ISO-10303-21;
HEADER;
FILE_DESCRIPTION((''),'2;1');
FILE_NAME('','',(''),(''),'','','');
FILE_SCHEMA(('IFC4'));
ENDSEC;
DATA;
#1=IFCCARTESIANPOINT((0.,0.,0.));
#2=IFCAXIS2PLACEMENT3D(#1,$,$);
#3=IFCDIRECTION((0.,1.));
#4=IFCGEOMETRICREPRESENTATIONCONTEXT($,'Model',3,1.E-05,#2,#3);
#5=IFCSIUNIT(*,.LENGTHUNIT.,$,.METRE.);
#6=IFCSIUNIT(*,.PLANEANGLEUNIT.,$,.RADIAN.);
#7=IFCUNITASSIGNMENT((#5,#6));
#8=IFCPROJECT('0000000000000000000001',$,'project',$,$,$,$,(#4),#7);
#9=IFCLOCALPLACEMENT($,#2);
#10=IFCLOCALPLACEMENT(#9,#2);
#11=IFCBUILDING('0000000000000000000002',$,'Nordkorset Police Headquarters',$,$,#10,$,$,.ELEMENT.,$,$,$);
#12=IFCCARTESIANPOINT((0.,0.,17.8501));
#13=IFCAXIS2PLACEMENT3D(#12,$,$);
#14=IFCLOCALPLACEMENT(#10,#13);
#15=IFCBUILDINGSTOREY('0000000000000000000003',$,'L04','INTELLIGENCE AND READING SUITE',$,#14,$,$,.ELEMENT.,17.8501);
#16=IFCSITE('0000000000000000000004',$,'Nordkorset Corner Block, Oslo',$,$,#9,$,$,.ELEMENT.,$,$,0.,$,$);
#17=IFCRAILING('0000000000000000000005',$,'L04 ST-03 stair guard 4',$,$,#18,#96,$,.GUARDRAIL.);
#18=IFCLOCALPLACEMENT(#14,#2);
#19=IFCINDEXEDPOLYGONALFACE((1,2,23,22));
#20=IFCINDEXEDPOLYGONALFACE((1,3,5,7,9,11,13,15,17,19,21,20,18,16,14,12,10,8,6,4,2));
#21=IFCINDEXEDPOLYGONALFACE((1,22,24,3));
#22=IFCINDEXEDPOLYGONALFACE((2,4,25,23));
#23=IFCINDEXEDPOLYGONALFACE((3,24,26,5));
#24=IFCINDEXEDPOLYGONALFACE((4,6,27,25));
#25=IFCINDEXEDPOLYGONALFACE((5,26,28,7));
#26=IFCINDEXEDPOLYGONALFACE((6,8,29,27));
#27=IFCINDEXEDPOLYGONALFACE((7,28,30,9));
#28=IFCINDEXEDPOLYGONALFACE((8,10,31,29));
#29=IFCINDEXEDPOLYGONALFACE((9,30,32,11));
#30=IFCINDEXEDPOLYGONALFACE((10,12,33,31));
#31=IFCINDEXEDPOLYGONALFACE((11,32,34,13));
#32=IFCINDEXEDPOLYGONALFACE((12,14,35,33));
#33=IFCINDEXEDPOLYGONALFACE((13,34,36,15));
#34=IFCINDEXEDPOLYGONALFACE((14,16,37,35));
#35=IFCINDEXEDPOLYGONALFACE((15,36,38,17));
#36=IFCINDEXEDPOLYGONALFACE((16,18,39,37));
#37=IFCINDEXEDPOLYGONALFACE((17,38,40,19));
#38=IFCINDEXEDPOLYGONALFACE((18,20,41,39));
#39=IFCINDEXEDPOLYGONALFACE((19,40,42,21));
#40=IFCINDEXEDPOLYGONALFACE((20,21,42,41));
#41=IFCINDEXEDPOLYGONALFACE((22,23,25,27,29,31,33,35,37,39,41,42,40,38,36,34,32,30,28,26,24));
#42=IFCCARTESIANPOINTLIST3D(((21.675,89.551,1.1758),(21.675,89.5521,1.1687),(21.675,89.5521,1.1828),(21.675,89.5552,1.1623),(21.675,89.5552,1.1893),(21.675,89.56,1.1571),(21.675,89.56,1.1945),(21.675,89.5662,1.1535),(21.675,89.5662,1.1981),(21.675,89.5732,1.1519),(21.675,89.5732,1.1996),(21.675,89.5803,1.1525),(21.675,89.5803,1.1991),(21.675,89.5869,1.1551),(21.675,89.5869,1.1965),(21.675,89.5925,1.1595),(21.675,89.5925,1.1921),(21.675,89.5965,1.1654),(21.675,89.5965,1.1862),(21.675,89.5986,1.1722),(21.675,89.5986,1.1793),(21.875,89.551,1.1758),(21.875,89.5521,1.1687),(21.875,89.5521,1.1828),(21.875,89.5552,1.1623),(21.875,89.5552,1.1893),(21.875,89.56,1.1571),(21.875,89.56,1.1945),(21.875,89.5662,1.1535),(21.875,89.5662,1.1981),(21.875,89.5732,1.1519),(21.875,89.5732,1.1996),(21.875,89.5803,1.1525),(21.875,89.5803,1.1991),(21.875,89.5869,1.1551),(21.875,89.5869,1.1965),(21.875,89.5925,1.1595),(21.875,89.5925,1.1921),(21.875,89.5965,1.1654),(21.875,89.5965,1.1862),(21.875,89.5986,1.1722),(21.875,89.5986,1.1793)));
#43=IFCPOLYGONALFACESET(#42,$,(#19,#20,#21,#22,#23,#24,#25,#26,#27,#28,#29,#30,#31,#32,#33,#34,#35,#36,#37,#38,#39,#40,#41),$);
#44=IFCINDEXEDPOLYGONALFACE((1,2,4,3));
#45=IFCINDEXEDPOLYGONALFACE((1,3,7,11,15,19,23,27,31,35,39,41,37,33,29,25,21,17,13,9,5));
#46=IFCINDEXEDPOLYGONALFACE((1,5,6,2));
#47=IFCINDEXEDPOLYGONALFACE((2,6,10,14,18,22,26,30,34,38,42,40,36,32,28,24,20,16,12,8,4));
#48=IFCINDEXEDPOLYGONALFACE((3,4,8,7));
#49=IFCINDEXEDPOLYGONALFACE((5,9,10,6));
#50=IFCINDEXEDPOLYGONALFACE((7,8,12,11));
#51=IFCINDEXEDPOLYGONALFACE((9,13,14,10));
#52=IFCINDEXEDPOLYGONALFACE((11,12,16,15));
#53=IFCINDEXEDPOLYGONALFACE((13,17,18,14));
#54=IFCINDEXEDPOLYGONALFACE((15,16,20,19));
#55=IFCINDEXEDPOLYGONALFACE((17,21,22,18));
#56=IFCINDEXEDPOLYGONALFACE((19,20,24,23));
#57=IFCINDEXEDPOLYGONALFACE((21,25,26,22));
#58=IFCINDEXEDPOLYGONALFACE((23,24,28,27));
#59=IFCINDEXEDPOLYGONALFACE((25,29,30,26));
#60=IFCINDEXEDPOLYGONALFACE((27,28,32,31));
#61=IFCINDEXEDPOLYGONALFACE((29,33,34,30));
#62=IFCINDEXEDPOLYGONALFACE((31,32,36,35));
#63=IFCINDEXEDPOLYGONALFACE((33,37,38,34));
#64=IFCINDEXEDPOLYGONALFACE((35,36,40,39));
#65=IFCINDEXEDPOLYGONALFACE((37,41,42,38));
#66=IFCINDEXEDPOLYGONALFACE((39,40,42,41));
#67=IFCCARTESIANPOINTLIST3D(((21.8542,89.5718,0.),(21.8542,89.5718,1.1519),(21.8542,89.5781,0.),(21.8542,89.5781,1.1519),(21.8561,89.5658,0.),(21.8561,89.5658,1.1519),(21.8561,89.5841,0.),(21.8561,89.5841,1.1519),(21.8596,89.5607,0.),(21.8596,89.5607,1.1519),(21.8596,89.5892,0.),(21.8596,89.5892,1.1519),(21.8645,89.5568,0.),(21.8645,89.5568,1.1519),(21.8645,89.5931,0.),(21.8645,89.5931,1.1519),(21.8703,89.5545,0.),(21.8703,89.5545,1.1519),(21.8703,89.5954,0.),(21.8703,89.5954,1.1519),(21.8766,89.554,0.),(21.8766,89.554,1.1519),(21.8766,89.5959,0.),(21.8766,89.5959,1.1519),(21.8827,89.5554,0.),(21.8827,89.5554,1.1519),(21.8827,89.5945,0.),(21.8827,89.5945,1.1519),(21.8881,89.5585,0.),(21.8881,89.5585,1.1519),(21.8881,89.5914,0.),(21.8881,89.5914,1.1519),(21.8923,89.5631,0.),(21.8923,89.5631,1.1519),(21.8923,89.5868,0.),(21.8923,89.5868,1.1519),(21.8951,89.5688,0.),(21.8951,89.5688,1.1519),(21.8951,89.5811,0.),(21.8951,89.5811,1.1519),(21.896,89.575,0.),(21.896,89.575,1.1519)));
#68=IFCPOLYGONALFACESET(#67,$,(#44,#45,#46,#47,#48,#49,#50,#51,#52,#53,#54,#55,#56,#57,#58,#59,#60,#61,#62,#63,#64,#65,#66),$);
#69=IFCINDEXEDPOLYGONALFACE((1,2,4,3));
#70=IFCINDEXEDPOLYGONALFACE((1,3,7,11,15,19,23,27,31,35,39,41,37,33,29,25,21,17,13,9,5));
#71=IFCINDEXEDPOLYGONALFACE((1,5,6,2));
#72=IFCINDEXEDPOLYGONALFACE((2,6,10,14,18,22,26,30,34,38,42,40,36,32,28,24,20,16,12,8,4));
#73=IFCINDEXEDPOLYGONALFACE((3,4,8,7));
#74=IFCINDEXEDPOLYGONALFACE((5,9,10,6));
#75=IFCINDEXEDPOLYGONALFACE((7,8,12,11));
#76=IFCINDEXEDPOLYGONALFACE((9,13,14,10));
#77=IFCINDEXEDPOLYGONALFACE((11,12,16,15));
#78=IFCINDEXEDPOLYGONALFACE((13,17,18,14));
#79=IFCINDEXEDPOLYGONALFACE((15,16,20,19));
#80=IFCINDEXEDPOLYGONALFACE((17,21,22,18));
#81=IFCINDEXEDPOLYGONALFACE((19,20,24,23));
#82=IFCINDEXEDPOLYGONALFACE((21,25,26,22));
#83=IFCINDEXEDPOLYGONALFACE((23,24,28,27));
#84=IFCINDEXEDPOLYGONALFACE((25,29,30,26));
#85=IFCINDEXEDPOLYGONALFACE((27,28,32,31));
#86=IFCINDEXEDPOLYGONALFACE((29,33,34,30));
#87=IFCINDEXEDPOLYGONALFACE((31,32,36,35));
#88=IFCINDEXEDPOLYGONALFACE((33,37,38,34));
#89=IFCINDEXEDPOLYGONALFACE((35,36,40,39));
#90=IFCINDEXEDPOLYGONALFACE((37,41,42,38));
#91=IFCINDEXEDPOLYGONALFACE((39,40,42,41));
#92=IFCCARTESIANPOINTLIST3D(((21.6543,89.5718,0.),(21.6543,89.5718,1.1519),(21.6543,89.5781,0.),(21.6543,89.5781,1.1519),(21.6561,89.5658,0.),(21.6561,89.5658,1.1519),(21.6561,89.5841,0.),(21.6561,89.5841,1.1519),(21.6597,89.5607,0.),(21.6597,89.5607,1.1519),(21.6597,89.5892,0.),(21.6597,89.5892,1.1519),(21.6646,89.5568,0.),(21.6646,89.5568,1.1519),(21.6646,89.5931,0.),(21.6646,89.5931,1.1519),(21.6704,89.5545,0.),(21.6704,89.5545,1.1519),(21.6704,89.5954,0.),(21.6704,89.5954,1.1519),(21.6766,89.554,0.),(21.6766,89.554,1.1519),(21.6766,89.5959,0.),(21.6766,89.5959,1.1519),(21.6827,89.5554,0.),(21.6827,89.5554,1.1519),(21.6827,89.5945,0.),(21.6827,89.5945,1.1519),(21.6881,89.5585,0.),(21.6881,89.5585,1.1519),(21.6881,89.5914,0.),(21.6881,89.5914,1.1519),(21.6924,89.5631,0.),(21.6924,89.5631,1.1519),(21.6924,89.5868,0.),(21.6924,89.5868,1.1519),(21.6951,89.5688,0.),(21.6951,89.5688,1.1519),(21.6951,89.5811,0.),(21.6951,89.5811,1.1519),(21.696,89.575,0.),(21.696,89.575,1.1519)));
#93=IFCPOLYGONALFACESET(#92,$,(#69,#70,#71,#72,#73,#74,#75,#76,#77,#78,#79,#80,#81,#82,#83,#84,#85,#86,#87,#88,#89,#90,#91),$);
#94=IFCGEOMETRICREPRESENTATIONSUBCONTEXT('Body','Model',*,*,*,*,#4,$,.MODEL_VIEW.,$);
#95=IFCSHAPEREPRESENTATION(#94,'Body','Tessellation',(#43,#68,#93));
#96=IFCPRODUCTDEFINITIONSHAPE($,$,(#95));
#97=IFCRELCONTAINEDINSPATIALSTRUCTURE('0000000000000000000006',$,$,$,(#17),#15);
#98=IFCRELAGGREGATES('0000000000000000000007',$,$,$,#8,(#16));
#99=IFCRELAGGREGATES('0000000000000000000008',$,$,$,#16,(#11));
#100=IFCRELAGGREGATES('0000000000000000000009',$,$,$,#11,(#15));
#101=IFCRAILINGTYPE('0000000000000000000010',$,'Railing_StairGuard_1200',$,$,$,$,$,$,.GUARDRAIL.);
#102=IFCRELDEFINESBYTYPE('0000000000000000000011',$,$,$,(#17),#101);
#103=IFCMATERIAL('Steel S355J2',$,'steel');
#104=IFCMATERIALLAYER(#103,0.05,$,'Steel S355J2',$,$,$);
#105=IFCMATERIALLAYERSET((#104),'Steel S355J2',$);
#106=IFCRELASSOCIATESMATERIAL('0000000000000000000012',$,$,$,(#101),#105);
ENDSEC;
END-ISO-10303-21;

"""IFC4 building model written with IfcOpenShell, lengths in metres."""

from ifc_helpers import new_model, si_unit, direction, frame, origin, origin_2d, place, context, subcontext, project, spatial, circle, extrude, material, layer, layer_set, type_object, element, save


model = new_model("IFC4")

# Units and contexts
model_context = context("Model", 3, precision=1e-05, world=origin(), true_north=direction((0.0, 1.0)))
body_context = subcontext(model_context, "Body", "Model", "MODEL_VIEW")
ifc_project = project(units=[si_unit("LENGTHUNIT", "METRE"), si_unit("PLANEANGLEUNIT", "RADIAN")], contexts=[model_context])

# Site, building, storey
site_placement = place(None, origin())
site = spatial("IfcSite", under=ifc_project, at=site_placement, Name="Nordkorset Corner Block, Oslo", CompositionType="ELEMENT", RefElevation=0.0)
building_placement = place(site_placement, origin())
building = spatial("IfcBuilding", under=site, at=building_placement, Name="Nordkorset Police Headquarters", CompositionType="ELEMENT")
storey_placement = place(building_placement, frame((0.0, 0.0, 17.8501)))
storey = spatial("IfcBuildingStorey", under=building, at=storey_placement, Name="L04", Description="INTELLIGENCE AND READING SUITE", CompositionType="ELEMENT", Elevation=17.8501)

# Railing
ifc_material_1 = material(Name="Steel S355J2", Category="steel")
ifc_layer_1 = layer(ifc_material_1, 0.05, Name="Steel S355J2")
ifc_layer_set_1 = layer_set([ifc_layer_1], Name="Steel S355J2")
railing_type_1 = type_object("IfcRailingType", Name="Railing_StairGuard_1200", PredefinedType="GUARDRAIL", material=ifc_layer_set_1)
railing_1_placement = place(storey_placement, frame((21.875, 89.575, 0.0)))
element("IfcRailing", 1, at=railing_1_placement, inside=storey, type_object=railing_type_1, Name="L04 ST-03 stair guard 4", PredefinedType="GUARDRAIL", context=body_context, shape_type="SweptSolid", body=[
    extrude(circle(Radius=0.0239, at=origin_2d()), frame((0.0, 0.0, 1.1758), z_axis=(-1.0, 0.0, 0.0), x_axis=(0.0, -1.0, 0.0)), (0.0, 0.0, 1.0), 0.2),
    extrude(circle(Radius=0.021, at=origin_2d()), origin(), (0.0, 0.0, 1.0), 1.1519),
    extrude(circle(Radius=0.021, at=origin_2d()), frame((-0.2, 0.0, 0.0)), (0.0, 0.0, 1.0), 1.1519),
])

save(model, "model.ifc")
